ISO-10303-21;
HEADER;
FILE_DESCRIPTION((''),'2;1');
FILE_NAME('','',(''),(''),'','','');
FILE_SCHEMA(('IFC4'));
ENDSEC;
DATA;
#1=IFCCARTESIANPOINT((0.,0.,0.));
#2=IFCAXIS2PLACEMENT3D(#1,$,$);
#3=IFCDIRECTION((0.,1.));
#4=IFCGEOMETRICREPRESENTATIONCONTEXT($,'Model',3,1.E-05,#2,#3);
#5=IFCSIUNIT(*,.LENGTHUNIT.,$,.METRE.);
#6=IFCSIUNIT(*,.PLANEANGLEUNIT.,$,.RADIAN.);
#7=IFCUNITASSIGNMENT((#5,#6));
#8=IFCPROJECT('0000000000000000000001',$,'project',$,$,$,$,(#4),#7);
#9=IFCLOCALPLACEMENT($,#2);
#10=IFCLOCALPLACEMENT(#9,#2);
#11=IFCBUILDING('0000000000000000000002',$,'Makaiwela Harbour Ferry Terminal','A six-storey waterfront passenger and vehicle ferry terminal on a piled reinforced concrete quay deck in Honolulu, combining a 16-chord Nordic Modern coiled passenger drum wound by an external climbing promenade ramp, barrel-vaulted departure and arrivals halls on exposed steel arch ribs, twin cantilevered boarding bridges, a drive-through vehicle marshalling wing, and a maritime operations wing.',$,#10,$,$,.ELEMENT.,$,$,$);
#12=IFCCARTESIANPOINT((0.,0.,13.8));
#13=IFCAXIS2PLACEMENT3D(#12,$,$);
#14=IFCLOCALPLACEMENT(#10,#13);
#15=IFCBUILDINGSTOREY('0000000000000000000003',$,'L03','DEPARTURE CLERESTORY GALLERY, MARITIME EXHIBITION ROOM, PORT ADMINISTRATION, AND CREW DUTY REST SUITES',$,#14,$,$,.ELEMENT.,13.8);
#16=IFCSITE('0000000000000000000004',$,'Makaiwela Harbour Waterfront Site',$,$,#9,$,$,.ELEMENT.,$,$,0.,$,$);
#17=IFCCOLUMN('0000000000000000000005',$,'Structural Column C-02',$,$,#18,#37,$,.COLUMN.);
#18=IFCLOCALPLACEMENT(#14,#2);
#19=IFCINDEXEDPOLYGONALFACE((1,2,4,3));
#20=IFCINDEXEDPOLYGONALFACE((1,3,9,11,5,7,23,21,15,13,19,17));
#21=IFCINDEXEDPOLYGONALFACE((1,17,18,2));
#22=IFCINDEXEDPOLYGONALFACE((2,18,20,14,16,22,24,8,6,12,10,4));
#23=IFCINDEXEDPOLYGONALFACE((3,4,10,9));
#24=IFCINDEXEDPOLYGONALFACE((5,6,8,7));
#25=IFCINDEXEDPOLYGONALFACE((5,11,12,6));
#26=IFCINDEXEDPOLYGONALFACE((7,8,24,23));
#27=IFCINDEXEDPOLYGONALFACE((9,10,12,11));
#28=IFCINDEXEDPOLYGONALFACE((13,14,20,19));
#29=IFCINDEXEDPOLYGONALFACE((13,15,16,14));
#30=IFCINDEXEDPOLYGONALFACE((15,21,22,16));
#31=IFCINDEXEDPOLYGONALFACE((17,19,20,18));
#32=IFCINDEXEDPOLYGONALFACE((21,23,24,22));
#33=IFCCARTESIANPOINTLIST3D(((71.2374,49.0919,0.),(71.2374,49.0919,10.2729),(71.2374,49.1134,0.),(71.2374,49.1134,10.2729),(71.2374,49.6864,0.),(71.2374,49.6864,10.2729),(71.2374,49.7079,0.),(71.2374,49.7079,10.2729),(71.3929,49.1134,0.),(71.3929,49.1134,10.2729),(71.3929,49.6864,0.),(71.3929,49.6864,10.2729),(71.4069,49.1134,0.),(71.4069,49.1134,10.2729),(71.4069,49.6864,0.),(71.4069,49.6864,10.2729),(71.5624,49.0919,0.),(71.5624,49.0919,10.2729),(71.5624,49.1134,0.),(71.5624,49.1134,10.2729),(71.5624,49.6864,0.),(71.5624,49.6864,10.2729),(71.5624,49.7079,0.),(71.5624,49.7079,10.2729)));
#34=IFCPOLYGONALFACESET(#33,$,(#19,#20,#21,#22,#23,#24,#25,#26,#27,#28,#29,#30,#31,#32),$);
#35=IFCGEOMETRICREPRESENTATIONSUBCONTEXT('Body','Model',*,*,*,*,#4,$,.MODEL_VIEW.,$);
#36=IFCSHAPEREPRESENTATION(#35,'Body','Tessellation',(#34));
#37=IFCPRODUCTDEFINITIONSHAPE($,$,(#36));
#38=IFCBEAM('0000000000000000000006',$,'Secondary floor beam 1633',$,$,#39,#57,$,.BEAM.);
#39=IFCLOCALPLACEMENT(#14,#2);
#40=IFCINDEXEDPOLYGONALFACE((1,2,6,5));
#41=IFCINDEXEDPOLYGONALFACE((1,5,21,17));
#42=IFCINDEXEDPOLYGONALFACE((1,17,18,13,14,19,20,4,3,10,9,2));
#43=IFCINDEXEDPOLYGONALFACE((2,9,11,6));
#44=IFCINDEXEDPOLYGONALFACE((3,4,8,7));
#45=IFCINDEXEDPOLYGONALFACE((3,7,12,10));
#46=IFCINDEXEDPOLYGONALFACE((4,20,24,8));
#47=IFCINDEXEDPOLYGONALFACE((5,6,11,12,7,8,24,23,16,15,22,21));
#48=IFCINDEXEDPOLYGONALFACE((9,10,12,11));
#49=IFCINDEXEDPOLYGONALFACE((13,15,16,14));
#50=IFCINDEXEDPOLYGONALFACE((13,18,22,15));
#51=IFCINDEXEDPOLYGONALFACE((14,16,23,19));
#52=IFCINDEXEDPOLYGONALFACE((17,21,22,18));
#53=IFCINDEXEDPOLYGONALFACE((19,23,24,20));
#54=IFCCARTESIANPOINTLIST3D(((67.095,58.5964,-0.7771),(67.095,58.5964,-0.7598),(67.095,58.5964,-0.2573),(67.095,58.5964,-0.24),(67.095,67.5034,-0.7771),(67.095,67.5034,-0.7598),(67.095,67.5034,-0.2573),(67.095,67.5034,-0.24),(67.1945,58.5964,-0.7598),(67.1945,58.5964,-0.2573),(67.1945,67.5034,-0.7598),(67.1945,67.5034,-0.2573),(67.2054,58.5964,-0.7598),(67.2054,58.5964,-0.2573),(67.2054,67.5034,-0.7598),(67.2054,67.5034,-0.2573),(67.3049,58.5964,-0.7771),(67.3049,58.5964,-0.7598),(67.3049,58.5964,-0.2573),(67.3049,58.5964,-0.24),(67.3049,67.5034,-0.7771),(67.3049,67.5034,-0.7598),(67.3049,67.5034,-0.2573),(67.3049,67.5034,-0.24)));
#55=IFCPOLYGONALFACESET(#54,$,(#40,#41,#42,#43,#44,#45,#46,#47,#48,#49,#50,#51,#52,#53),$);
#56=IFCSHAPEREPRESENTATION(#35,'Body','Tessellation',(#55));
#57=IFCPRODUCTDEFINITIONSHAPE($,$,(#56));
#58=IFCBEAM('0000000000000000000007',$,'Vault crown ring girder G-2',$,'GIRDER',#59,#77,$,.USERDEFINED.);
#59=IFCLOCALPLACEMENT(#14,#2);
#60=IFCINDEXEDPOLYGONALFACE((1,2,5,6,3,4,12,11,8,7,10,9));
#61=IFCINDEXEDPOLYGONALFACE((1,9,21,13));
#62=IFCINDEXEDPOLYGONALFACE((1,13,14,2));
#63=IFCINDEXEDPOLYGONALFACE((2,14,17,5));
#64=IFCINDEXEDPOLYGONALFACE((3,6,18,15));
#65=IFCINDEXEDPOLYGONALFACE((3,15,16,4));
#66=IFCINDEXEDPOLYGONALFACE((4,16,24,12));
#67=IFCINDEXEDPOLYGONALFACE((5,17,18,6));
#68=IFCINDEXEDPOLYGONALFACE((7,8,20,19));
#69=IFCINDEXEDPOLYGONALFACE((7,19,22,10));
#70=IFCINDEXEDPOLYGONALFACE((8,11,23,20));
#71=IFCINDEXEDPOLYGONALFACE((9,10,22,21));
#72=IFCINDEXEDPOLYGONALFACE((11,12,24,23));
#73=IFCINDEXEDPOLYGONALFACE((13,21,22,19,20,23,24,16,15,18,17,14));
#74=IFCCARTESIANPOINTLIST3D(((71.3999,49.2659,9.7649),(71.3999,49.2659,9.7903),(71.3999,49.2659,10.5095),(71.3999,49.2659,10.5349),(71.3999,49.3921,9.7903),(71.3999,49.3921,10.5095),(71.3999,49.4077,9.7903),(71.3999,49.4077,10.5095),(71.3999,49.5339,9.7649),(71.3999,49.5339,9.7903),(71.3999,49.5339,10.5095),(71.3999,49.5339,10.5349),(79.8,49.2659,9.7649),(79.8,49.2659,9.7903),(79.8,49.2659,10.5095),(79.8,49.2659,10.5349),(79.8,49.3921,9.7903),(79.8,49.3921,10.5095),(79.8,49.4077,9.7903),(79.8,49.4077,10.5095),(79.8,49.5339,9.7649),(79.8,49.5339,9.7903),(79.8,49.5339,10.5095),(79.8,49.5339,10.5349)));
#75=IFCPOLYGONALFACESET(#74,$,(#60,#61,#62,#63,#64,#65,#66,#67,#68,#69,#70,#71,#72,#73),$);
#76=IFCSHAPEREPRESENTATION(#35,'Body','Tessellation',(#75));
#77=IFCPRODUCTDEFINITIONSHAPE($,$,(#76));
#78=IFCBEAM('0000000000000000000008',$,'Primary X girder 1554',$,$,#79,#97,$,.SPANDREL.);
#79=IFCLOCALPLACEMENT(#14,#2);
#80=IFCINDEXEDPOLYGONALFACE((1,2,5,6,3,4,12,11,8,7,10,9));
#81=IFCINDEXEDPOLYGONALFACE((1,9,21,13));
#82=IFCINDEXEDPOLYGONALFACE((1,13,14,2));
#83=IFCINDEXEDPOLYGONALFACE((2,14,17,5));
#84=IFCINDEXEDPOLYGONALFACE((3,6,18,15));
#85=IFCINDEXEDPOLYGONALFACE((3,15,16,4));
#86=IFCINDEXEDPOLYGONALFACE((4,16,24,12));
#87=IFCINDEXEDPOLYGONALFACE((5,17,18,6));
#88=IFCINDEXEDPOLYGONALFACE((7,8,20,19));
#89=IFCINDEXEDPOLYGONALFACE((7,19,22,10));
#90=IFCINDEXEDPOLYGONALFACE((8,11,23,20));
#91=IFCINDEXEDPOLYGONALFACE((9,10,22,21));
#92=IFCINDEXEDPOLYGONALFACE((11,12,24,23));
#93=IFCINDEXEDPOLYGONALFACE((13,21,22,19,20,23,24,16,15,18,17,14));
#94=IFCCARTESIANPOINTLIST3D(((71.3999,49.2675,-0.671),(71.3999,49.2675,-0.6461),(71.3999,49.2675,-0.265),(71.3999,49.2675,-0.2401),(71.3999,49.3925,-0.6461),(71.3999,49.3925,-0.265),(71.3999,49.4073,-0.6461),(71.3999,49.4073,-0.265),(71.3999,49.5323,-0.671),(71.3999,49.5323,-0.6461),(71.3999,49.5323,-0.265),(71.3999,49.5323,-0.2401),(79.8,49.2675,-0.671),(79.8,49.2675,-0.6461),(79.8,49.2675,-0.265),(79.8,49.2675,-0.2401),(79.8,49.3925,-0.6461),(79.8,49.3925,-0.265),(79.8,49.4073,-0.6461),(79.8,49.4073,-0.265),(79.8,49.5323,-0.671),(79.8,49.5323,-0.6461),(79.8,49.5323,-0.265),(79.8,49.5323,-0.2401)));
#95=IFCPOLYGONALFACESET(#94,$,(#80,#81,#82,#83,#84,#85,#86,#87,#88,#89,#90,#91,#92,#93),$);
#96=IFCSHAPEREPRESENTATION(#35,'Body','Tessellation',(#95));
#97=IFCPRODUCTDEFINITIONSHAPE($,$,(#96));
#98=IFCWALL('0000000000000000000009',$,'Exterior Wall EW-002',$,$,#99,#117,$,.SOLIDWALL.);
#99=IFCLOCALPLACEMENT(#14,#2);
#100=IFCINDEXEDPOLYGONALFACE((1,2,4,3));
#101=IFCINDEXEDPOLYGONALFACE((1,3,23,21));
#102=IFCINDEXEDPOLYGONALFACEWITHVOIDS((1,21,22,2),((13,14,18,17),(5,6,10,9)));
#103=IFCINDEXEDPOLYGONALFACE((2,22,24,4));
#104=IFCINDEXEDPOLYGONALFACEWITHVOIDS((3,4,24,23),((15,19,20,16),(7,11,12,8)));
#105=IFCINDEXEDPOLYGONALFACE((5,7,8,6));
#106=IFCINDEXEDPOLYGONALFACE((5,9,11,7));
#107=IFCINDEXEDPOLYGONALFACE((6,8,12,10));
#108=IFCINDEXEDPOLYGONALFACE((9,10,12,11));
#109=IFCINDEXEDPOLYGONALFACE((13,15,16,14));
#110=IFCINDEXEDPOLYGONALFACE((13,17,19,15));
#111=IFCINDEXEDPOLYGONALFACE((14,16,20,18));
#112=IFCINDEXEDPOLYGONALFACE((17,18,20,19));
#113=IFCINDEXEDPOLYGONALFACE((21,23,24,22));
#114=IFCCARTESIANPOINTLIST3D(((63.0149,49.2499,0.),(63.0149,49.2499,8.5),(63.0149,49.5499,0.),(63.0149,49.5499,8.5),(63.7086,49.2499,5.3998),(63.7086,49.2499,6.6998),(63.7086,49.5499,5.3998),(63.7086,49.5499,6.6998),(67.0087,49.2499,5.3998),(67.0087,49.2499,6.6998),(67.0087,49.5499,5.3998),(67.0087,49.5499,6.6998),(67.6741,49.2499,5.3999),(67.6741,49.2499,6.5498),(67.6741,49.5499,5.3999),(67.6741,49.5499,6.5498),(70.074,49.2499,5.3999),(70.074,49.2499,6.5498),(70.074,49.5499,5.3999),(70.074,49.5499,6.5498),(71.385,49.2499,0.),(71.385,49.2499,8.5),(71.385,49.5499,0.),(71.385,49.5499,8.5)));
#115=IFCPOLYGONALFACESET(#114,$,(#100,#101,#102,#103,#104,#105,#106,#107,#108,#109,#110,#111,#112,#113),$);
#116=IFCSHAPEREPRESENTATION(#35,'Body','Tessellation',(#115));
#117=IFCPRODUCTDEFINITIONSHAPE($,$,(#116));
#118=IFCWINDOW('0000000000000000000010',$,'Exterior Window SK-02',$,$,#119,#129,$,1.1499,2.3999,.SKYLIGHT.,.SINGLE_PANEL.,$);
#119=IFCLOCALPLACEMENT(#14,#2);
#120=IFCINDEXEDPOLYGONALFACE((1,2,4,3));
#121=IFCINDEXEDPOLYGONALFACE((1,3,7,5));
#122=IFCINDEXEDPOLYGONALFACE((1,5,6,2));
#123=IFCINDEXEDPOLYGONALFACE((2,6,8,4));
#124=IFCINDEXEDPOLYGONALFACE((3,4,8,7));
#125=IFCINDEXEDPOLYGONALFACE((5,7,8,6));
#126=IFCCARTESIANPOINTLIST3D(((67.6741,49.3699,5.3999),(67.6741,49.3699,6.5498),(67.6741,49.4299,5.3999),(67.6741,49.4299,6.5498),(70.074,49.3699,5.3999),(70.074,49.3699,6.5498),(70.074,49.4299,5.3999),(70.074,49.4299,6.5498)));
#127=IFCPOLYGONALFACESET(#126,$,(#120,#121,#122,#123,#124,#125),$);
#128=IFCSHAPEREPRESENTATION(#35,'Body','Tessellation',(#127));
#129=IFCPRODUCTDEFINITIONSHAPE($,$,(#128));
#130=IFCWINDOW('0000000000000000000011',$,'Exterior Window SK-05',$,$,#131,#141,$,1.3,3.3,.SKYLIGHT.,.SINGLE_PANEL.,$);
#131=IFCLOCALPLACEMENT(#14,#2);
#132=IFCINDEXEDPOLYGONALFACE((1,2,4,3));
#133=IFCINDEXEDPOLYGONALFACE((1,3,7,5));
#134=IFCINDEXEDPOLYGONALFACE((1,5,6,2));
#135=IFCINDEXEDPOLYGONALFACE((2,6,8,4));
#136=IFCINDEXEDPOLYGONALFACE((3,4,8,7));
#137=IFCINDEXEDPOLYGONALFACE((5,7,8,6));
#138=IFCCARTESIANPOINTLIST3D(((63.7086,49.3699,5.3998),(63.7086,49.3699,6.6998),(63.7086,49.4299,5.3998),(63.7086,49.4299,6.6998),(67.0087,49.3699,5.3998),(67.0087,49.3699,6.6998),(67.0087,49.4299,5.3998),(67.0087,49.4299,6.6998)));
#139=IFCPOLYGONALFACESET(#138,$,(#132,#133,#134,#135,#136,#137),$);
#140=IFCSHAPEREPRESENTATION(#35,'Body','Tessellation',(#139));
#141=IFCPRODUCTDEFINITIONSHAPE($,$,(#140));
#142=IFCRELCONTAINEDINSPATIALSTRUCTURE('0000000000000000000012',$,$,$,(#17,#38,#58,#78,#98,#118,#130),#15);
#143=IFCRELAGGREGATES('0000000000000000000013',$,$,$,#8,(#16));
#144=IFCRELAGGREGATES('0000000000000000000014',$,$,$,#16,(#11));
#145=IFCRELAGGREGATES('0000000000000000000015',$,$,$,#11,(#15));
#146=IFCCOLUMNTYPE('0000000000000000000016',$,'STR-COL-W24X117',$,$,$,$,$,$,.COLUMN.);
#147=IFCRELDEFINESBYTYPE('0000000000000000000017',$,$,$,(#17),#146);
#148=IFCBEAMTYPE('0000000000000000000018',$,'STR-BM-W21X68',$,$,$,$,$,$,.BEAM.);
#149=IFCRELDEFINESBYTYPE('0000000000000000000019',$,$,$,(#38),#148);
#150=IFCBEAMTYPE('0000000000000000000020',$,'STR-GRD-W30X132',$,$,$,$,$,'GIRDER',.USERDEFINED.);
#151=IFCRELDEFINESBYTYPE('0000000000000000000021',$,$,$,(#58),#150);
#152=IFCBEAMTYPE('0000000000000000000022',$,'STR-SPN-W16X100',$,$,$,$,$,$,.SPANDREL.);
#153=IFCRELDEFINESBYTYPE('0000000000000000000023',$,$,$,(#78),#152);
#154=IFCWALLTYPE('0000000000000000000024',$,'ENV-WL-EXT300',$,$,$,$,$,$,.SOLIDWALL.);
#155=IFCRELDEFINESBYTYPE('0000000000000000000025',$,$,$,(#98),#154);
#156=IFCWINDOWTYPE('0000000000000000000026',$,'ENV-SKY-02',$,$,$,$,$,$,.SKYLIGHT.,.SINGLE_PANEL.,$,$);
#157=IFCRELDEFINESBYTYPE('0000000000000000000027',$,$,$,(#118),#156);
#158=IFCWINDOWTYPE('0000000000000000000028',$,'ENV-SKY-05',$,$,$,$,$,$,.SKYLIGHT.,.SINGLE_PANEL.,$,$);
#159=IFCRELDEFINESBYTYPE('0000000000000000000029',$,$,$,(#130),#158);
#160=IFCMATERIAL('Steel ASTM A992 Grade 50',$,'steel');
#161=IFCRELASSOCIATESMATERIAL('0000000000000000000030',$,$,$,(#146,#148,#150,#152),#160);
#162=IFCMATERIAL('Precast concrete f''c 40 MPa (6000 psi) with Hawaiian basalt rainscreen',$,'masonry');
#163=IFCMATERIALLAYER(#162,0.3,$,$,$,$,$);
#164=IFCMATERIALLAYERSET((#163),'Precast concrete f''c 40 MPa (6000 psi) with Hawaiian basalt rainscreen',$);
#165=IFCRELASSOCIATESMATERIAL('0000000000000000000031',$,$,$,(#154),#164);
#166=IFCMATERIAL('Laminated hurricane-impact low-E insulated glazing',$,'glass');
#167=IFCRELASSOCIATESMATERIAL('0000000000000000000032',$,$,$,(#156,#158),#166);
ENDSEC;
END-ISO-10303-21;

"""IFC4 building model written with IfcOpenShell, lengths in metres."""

from ifc_helpers import new_model, si_unit, direction, frame, frame_2d, origin, origin_2d, place, context, subcontext, project, spatial, rectangle, i_section, extrude, material, layer, layer_set, material_profile, profile_set, type_object, element, fill, save


model = new_model("IFC4")

# Units and contexts
model_context = context("Model", 3, precision=1e-05, world=origin(), true_north=direction((0.0, 1.0)))
body_context = subcontext(model_context, "Body", "Model", "MODEL_VIEW")
ifc_project = project(units=[si_unit("LENGTHUNIT", "METRE"), si_unit("PLANEANGLEUNIT", "RADIAN")], contexts=[model_context])

# Site, building, storey
site_placement = place(None, origin())
site = spatial("IfcSite", under=ifc_project, at=site_placement, Name="Makaiwela Harbour Waterfront Site", CompositionType="ELEMENT", RefElevation=0.0)
building_placement = place(site_placement, origin())
building = spatial("IfcBuilding", under=site, at=building_placement, Name="Makaiwela Harbour Ferry Terminal", Description="A six-storey waterfront passenger and vehicle ferry terminal on a piled reinforced concrete quay deck in Honolulu, combining a 16-chord Nordic Modern coiled passenger drum wound by an external climbing promenade ramp, barrel-vaulted departure and arrivals halls on exposed steel arch ribs, twin cantilevered boarding bridges, a drive-through vehicle marshalling wing, and a maritime operations wing.", CompositionType="ELEMENT")
storey_placement = place(building_placement, frame((0.0, 0.0, 13.8)))
storey = spatial("IfcBuildingStorey", under=building, at=storey_placement, Name="L03", Description="DEPARTURE CLERESTORY GALLERY, MARITIME EXHIBITION ROOM, PORT ADMINISTRATION, AND CREW DUTY REST SUITES", CompositionType="ELEMENT", Elevation=13.8)

# Column
ifc_material_1 = material(Name="Steel ASTM A992 Grade 50", Category="steel")
ifc_material_profile_1 = material_profile(ifc_material_1, i_section(OverallWidth=0.325, OverallDepth=0.616, WebThickness=0.0139, FlangeThickness=0.0215, at=origin_2d()), Name="W24X117")
ifc_profile_set_1 = profile_set([ifc_material_profile_1], Name="Steel ASTM A992 Grade 50")
column_type = type_object("IfcColumnType", Name="STR-COL-W24X117", PredefinedType="COLUMN", material=ifc_profile_set_1)
column_placement = place(storey_placement, frame((71.3999, 49.3999, 0.0), z_axis=(0.0, 0.0, 1.0), x_axis=(1.0, 0.0, 0.0)))
element("IfcColumn", 1, at=column_placement, inside=storey, type_object=column_type, Name="Structural Column C-02", PredefinedType="COLUMN", context=body_context, shape_type="SweptSolid", body=[
    extrude(i_section(OverallWidth=0.325, OverallDepth=0.616, WebThickness=0.0139, FlangeThickness=0.0215, at=origin_2d()), origin(), (0.0, 0.0, 1.0), 10.2729),
])

# Beams
ifc_material_profile_2 = material_profile(ifc_material_1, i_section(OverallWidth=0.21, OverallDepth=0.5371, WebThickness=0.011, FlangeThickness=0.0173, at=origin_2d()), Name="W21X68")
ifc_profile_set_2 = profile_set([ifc_material_profile_2], Name="Steel ASTM A992 Grade 50")
beam_type_1 = type_object("IfcBeamType", Name="STR-BM-W21X68", PredefinedType="BEAM", material=ifc_profile_set_2)
beam_1_placement = place(storey_placement, frame((67.2, 58.5964, -0.5085), z_axis=(0.0, 1.0, 0.0), x_axis=(-1.0, 0.0, 0.0)))
element("IfcBeam", 2, at=beam_1_placement, inside=storey, type_object=beam_type_1, Name="Secondary floor beam 1633", PredefinedType="BEAM", context=body_context, shape_type="SweptSolid", body=[
    extrude(i_section(OverallWidth=0.21, OverallDepth=0.5371, WebThickness=0.011, FlangeThickness=0.0173, at=origin_2d()), origin(), (0.0, 0.0, 1.0), 8.907),
])
ifc_material_profile_3 = material_profile(ifc_material_1, i_section(OverallWidth=0.2681, OverallDepth=0.77, WebThickness=0.0156, FlangeThickness=0.0254, at=origin_2d()), Name="W30X132")
ifc_profile_set_3 = profile_set([ifc_material_profile_3], Name="Steel ASTM A992 Grade 50")
beam_type_2 = type_object("IfcBeamType", Name="STR-GRD-W30X132", ElementType="GIRDER", PredefinedType="USERDEFINED", material=ifc_profile_set_3)
beam_2_placement = place(storey_placement, frame((71.3999, 49.3999, 10.1499), z_axis=(1.0, 0.0, 0.0), x_axis=(0.0, 1.0, 0.0)))
element("IfcBeam", 3, at=beam_2_placement, inside=storey, type_object=beam_type_2, Name="Vault crown ring girder G-2", ObjectType="GIRDER", PredefinedType="USERDEFINED", context=body_context, shape_type="SweptSolid", body=[
    extrude(i_section(OverallWidth=0.2681, OverallDepth=0.77, WebThickness=0.0156, FlangeThickness=0.0254, at=origin_2d()), origin(), (0.0, 0.0, 1.0), 8.4001),
])
ifc_material_profile_4 = material_profile(ifc_material_1, i_section(OverallWidth=0.2649, OverallDepth=0.4309, WebThickness=0.0149, FlangeThickness=0.0249, at=origin_2d()), Name="W16X100")
ifc_profile_set_4 = profile_set([ifc_material_profile_4], Name="Steel ASTM A992 Grade 50")
beam_type_3 = type_object("IfcBeamType", Name="STR-SPN-W16X100", PredefinedType="SPANDREL", material=ifc_profile_set_4)
beam_3_placement = place(storey_placement, frame((71.3999, 49.3999, -0.4556), z_axis=(1.0, 0.0, 0.0), x_axis=(0.0, 1.0, 0.0)))
element("IfcBeam", 4, at=beam_3_placement, inside=storey, type_object=beam_type_3, Name="Primary X girder 1554", PredefinedType="SPANDREL", context=body_context, shape_type="SweptSolid", body=[
    extrude(i_section(OverallWidth=0.2649, OverallDepth=0.4309, WebThickness=0.0149, FlangeThickness=0.0249, at=origin_2d()), origin(), (0.0, 0.0, 1.0), 8.4001),
])

# Wall, openings, windows
ifc_material_2 = material(Name="Precast concrete f'c 40 MPa (6000 psi) with Hawaiian basalt rainscreen", Category="masonry")
ifc_layer_1 = layer(ifc_material_2, 0.3)
ifc_layer_set_1 = layer_set([ifc_layer_1], Name="Precast concrete f'c 40 MPa (6000 psi) with Hawaiian basalt rainscreen")
wall_type_1 = type_object("IfcWallType", Name="ENV-WL-EXT300", PredefinedType="SOLIDWALL", material=ifc_layer_set_1)
wall_1_placement = place(storey_placement, frame((71.385, 49.3999, 0.0), z_axis=(0.0, 0.0, 1.0), x_axis=(-1.0, 0.0, 0.0)))
wall_1 = element("IfcWall", 5, at=wall_1_placement, inside=storey, type_object=wall_type_1, Name="Exterior Wall EW-002", PredefinedType="SOLIDWALL", context=body_context, shape_type="SweptSolid", body=[
    extrude(rectangle(XDim=8.3701, YDim=0.3, at=frame_2d((4.1851, 0.0))), origin(), (0.0, 0.0, 1.0), 8.5),
])
opening_1_placement = place(wall_1_placement, frame((1.311, 0.0, 5.3999)))
opening_1 = element("IfcOpeningElement", 6, at=opening_1_placement, cuts=wall_1, PredefinedType="OPENING", context=body_context, shape_type="SweptSolid", body=[
    extrude(rectangle(XDim=2.3999, YDim=1.1499, at=frame_2d((1.2, 0.575))), frame((0.0, 0.1599, 0.0), z_axis=(0.0, -1.0, 0.0), x_axis=(1.0, 0.0, 0.0)), (0.0, 0.0, 1.0), 0.3201),
])
opening_2_placement = place(wall_1_placement, frame((4.3765, 0.0, 5.3999)))
opening_2 = element("IfcOpeningElement", 7, at=opening_2_placement, cuts=wall_1, PredefinedType="OPENING", context=body_context, shape_type="SweptSolid", body=[
    extrude(rectangle(XDim=3.3, YDim=1.3, at=frame_2d((1.6499, 0.6499))), frame((0.0, 0.1599, 0.0), z_axis=(0.0, -1.0, 0.0), x_axis=(1.0, 0.0, 0.0)), (0.0, 0.0, 1.0), 0.3201),
])
ifc_material_3 = material(Name="Laminated hurricane-impact low-E insulated glazing", Category="glass")
window_type_1 = type_object("IfcWindowType", Name="ENV-SKY-02", PartitioningType="SINGLE_PANEL", PredefinedType="SKYLIGHT", material=ifc_material_3)
window_1_placement = place(opening_1_placement, origin())
window_1 = element("IfcWindow", 8, at=window_1_placement, inside=storey, type_object=window_type_1, Name="Exterior Window SK-02", OverallHeight=1.1499, OverallWidth=2.3999, PartitioningType="SINGLE_PANEL", PredefinedType="SKYLIGHT", context=body_context, shape_type="SweptSolid", body=[
    extrude(rectangle(XDim=2.3999, YDim=1.1499, at=frame_2d((1.2, 0.575))), frame((0.0, 0.03, 0.0), z_axis=(0.0, -1.0, 0.0), x_axis=(1.0, 0.0, 0.0)), (0.0, 0.0, 1.0), 0.0601),
])
fill(opening_1, window_1)
window_type_2 = type_object("IfcWindowType", Name="ENV-SKY-05", PartitioningType="SINGLE_PANEL", PredefinedType="SKYLIGHT", material=ifc_material_3)
window_2_placement = place(opening_2_placement, origin())
window_2 = element("IfcWindow", 9, at=window_2_placement, inside=storey, type_object=window_type_2, Name="Exterior Window SK-05", OverallHeight=1.3, OverallWidth=3.3, PartitioningType="SINGLE_PANEL", PredefinedType="SKYLIGHT", context=body_context, shape_type="SweptSolid", body=[
    extrude(rectangle(XDim=3.3, YDim=1.3, at=frame_2d((1.6499, 0.6499))), frame((0.0, 0.03, 0.0), z_axis=(0.0, -1.0, 0.0), x_axis=(1.0, 0.0, 0.0)), (0.0, 0.0, 1.0), 0.0601),
])
fill(opening_2, window_2)

save(model, "model.ifc")
